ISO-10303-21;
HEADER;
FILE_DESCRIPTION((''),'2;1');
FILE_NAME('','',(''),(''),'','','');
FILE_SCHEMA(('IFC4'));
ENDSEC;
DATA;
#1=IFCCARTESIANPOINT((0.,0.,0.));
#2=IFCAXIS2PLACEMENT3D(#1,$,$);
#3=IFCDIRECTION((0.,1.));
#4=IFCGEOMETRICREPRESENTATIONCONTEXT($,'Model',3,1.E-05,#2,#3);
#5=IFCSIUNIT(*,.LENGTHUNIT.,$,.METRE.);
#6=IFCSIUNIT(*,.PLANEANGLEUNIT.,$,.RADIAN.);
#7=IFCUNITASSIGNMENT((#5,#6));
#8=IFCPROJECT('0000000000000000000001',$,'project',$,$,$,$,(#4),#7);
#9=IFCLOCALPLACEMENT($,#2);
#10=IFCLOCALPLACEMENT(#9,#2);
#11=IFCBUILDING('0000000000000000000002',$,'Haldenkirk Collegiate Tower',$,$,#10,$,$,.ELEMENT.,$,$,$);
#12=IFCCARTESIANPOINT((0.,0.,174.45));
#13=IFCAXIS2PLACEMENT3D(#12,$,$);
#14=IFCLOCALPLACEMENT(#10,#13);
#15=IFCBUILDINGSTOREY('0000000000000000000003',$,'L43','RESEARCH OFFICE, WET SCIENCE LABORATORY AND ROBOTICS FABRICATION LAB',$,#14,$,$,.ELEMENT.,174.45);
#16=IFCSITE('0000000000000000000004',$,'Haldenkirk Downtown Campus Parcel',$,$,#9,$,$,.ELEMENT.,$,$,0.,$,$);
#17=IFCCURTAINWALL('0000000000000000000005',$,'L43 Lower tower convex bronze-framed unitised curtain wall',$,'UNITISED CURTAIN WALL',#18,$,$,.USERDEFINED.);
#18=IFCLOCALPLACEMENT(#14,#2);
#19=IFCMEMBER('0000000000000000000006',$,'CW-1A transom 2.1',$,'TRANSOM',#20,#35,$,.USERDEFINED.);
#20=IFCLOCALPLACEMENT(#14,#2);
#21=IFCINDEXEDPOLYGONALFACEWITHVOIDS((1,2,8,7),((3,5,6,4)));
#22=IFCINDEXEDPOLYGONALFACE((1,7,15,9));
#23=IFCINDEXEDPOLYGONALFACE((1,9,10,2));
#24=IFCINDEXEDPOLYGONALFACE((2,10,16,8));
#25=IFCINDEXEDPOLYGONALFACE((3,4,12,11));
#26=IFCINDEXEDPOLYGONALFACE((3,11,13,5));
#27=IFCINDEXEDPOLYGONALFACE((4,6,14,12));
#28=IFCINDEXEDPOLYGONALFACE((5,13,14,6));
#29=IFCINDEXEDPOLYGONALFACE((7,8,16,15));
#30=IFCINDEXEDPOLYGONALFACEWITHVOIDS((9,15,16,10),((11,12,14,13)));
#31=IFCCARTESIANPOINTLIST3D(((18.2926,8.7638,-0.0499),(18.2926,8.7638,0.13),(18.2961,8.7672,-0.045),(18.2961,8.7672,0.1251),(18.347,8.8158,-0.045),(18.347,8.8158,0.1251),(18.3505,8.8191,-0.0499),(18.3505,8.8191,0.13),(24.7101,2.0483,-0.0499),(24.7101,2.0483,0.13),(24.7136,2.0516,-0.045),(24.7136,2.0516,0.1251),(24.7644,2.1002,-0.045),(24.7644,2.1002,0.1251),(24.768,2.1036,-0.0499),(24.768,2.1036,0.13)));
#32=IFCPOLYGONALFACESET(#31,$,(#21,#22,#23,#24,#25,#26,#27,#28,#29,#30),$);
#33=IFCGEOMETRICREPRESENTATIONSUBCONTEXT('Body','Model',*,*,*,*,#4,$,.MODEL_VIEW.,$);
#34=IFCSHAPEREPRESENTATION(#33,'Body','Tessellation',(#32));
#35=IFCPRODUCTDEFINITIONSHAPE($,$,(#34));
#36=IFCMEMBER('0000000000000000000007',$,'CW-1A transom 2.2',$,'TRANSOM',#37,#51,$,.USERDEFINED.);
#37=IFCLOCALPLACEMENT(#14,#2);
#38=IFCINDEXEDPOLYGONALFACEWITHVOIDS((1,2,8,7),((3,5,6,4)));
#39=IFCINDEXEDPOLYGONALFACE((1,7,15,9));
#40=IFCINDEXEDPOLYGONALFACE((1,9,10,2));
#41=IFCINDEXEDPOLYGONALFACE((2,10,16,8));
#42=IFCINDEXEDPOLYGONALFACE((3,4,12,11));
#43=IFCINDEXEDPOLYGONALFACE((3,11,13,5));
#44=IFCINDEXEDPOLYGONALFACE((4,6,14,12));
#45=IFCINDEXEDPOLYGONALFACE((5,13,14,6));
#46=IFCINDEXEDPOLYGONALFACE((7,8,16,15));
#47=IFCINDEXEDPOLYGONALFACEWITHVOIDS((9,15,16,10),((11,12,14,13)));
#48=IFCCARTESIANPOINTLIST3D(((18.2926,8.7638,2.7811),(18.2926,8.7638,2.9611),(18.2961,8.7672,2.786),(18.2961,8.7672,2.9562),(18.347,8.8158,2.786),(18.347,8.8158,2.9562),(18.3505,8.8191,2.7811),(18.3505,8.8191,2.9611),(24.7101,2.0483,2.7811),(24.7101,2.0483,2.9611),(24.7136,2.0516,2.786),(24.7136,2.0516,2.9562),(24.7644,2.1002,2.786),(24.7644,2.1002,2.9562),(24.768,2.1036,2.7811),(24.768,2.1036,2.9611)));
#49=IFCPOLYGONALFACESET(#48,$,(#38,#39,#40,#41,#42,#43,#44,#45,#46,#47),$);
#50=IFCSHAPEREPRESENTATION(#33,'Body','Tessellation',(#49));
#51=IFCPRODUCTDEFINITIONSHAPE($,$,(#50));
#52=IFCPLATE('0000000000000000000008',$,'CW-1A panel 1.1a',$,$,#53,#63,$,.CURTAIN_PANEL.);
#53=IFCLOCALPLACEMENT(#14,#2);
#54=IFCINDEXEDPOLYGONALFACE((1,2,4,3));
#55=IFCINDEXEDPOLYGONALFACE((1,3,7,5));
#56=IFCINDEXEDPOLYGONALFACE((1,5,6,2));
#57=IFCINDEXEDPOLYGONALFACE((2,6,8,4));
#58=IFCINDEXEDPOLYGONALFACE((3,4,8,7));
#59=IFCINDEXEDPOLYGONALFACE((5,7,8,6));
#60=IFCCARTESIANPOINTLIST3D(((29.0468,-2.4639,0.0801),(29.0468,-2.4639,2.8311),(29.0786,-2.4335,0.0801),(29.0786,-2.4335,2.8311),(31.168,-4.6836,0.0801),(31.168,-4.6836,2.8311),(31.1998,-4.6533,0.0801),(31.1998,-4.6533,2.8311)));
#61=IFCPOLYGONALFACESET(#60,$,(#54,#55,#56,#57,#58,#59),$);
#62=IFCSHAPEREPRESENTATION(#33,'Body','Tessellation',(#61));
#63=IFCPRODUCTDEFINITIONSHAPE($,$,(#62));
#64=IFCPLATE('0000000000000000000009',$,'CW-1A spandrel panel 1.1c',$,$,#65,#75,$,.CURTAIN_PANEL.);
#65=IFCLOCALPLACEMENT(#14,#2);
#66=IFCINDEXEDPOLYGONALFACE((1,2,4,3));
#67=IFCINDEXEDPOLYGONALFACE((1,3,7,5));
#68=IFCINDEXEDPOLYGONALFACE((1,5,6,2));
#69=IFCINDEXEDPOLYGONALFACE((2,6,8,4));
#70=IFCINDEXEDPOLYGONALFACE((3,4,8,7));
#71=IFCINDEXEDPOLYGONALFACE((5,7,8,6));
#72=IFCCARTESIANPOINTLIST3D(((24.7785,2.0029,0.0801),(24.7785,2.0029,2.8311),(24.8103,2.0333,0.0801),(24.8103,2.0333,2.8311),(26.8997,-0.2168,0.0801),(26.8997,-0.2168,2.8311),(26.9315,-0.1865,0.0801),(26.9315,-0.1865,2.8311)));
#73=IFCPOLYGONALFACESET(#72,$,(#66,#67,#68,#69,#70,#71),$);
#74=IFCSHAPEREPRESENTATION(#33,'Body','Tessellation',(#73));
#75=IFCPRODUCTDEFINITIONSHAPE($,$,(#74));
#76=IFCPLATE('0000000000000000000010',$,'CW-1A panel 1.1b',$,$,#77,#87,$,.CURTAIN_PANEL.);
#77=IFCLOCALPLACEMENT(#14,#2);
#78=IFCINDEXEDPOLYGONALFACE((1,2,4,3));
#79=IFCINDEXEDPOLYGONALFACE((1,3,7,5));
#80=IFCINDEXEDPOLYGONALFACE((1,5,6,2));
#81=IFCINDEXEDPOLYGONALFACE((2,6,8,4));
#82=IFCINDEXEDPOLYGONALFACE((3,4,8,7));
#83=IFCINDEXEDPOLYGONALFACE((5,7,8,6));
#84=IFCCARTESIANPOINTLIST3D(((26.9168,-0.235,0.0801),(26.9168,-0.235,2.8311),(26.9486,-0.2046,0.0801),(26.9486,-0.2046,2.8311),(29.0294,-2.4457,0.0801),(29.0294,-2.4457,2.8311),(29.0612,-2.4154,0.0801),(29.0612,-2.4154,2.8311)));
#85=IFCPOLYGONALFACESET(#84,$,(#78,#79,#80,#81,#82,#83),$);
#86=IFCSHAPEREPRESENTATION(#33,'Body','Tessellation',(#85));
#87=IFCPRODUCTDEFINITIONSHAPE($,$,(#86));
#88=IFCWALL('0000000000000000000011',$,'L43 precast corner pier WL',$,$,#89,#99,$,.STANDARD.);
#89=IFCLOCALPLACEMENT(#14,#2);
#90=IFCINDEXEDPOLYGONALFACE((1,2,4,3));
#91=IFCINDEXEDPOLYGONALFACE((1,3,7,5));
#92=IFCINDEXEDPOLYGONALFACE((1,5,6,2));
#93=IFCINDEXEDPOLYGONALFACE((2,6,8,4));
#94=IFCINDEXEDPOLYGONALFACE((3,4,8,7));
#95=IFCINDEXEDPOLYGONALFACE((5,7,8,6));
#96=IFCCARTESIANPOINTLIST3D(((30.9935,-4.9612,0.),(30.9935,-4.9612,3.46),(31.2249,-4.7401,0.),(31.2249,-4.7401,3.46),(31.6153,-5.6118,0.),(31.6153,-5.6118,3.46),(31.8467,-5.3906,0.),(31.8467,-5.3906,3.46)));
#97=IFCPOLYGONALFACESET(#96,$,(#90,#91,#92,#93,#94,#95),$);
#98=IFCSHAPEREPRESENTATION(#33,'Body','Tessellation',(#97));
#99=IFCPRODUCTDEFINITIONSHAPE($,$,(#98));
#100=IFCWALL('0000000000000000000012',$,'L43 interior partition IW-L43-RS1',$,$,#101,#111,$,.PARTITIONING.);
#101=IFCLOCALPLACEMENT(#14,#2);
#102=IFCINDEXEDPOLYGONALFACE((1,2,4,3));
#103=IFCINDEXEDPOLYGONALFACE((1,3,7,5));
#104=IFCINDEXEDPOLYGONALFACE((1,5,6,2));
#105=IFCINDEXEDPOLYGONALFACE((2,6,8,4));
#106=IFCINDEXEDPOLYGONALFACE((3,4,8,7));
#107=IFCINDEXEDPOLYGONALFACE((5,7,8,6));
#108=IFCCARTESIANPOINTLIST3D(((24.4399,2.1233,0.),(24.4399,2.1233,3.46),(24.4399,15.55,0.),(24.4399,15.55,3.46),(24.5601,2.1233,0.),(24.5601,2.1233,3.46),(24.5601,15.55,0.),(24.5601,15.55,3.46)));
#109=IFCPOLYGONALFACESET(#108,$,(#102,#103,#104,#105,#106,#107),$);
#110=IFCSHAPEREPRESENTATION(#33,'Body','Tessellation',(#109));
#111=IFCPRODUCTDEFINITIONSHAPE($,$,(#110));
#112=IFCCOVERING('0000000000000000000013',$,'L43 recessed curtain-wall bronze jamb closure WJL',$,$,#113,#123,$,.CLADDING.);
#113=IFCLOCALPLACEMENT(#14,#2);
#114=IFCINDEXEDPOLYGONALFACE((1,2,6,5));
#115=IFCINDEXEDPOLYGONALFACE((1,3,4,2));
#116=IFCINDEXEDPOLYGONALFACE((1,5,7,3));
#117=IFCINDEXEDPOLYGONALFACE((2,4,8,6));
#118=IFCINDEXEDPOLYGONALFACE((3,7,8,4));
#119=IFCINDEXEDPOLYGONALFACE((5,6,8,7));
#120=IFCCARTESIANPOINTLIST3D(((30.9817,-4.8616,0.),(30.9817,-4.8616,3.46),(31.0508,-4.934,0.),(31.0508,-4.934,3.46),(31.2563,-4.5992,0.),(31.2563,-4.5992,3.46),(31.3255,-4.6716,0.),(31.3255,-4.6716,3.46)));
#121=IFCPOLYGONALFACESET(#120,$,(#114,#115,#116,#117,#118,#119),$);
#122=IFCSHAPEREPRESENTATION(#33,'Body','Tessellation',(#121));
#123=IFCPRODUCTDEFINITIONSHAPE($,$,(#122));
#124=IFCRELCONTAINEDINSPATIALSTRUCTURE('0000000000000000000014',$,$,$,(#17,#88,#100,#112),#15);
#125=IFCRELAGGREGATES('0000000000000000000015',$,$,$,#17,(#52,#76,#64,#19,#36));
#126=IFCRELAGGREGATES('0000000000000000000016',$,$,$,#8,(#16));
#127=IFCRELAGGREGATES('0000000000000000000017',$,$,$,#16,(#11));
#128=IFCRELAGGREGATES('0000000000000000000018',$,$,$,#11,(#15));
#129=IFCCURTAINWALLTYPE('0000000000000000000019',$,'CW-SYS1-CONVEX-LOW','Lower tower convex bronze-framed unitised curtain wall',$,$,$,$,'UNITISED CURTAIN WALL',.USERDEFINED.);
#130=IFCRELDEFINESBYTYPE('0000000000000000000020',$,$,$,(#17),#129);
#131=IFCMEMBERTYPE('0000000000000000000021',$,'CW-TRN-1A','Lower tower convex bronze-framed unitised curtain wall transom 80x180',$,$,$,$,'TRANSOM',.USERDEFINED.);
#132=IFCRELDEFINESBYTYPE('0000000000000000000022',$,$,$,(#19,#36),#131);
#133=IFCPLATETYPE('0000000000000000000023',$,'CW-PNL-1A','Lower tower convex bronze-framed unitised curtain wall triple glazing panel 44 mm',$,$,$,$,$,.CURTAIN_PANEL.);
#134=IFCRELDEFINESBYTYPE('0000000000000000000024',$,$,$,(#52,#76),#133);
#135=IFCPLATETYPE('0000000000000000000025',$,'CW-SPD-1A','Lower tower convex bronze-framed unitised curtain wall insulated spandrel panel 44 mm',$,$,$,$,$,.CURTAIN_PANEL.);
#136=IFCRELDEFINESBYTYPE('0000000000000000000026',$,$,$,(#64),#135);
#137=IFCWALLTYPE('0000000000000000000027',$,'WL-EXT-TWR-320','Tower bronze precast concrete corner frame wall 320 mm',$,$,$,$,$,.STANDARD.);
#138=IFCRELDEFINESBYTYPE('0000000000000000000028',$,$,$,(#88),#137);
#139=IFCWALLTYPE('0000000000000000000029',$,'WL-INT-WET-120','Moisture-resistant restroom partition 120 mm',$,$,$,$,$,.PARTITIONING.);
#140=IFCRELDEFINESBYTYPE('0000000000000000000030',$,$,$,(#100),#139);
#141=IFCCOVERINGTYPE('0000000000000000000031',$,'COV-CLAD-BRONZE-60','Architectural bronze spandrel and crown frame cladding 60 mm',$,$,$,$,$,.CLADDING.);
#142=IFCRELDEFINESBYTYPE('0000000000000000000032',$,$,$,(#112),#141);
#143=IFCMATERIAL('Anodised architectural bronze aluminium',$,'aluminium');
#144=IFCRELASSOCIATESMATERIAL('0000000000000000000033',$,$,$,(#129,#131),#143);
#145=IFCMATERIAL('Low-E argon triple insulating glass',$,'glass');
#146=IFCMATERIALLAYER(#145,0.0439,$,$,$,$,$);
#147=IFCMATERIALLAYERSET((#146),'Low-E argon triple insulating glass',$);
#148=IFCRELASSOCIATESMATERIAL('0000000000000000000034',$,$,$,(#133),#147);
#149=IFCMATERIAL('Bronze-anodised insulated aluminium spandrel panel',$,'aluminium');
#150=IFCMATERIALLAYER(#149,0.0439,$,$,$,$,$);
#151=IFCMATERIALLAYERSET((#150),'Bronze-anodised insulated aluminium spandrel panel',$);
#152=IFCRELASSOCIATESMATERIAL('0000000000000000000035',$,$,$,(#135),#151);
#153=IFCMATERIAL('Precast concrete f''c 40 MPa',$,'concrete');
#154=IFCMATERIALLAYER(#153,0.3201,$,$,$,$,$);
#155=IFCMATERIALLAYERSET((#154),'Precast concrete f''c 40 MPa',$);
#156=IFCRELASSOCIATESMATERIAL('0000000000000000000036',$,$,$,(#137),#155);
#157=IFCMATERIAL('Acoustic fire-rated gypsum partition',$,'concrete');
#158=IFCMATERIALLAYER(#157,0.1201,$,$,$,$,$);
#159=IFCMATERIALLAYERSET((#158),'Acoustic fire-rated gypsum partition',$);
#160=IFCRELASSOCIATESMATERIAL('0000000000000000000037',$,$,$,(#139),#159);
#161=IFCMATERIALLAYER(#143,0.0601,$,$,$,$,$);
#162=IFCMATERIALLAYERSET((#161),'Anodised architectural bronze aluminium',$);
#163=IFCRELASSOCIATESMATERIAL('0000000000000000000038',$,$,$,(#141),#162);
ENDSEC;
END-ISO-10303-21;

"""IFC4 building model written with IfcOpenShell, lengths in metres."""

from ifc_helpers import new_model, si_unit, direction, frame, frame_2d, origin, origin_2d, place, context, subcontext, project, spatial, rectangle, hollow_rectangle, extrude, source, transform, mapped, material, layer, layer_set, material_profile, profile_set, type_object, element, aggregate, save


model = new_model("IFC4")

# Units and contexts
model_context = context("Model", 3, precision=1e-05, world=origin(), true_north=direction((0.0, 1.0)))
body_context = subcontext(model_context, "Body", "Model", "MODEL_VIEW")
ifc_project = project(units=[si_unit("LENGTHUNIT", "METRE"), si_unit("PLANEANGLEUNIT", "RADIAN")], contexts=[model_context])

# Site, building, storey
site_placement = place(None, origin())
site = spatial("IfcSite", under=ifc_project, at=site_placement, Name="Haldenkirk Downtown Campus Parcel", CompositionType="ELEMENT", RefElevation=0.0)
building_placement = place(site_placement, origin())
building = spatial("IfcBuilding", under=site, at=building_placement, Name="Haldenkirk Collegiate Tower", CompositionType="ELEMENT")
storey_placement = place(building_placement, frame((0.0, 0.0, 174.45)))
storey = spatial("IfcBuildingStorey", under=building, at=storey_placement, Name="L43", Description="RESEARCH OFFICE, WET SCIENCE LABORATORY AND ROBOTICS FABRICATION LAB", CompositionType="ELEMENT", Elevation=174.45)

# Curtain wall, members, plates
ifc_material_1 = material(Name="Anodised architectural bronze aluminium", Category="aluminium")
curtain_wall_type = type_object("IfcCurtainWallType", Name="CW-SYS1-CONVEX-LOW", Description="Lower tower convex bronze-framed unitised curtain wall", ElementType="UNITISED CURTAIN WALL", PredefinedType="USERDEFINED", material=ifc_material_1)
curtain_wall_placement = place(storey_placement, origin())
curtain_wall = element("IfcCurtainWall", 1, at=curtain_wall_placement, inside=storey, type_object=curtain_wall_type, Name="L43 Lower tower convex bronze-framed unitised curtain wall", ObjectType="UNITISED CURTAIN WALL", PredefinedType="USERDEFINED")
ifc_material_profile_1 = material_profile(ifc_material_1, hollow_rectangle(XDim=0.0801, YDim=0.1799, WallThickness=0.0049, at=origin_2d()), Name="CW-TRN-1A")
ifc_profile_set_1 = profile_set([ifc_material_profile_1], Name="Anodised architectural bronze aluminium")
member_type_1 = type_object("IfcMemberType", Name="CW-TRN-1A", Description="Lower tower convex bronze-framed unitised curtain wall transom 80x180", ElementType="TRANSOM", PredefinedType="USERDEFINED", material=ifc_profile_set_1)
member_1_placement = place(storey_placement, frame((24.739, 2.0759, 0.04), z_axis=(-0.690879, 0.722971, 0.0), x_axis=(-0.722971, -0.690879, 0.0)))
member_1 = element("IfcMember", 2, at=member_1_placement, type_object=member_type_1, Name="CW-1A transom 2.1", ObjectType="TRANSOM", PredefinedType="USERDEFINED", context=body_context, shape_type="SweptSolid", body=[
    extrude(hollow_rectangle(XDim=0.0801, YDim=0.1799, WallThickness=0.0049, at=origin_2d()), origin(), (0.0, 0.0, 1.0), 9.2888),
])
member_2_placement = place(storey_placement, frame((24.739, 2.0759, 2.8711), z_axis=(-0.690879, 0.722971, 0.0), x_axis=(-0.722971, -0.690879, 0.0)))
member_2 = element("IfcMember", 3, at=member_2_placement, type_object=member_type_1, Name="CW-1A transom 2.2", ObjectType="TRANSOM", PredefinedType="USERDEFINED", context=body_context, shape_type="SweptSolid", body=[
    extrude(hollow_rectangle(XDim=0.0801, YDim=0.1799, WallThickness=0.0049, at=origin_2d()), origin(), (0.0, 0.0, 1.0), 9.2888),
])
ifc_material_2 = material(Name="Low-E argon triple insulating glass", Category="glass")
ifc_layer_1 = layer(ifc_material_2, 0.0439)
ifc_layer_set_1 = layer_set([ifc_layer_1], Name="Low-E argon triple insulating glass")
plate_type_1 = type_object("IfcPlateType", Name="CW-PNL-1A", Description="Lower tower convex bronze-framed unitised curtain wall triple glazing panel 44 mm", PredefinedType="CURTAIN_PANEL", material=ifc_layer_set_1)
shared_shape_1 = source(origin(), body_context, "Body", "SweptSolid", [
    extrude(rectangle(XDim=3.0703, YDim=0.0439, at=origin_2d()), origin(), (0.0, 0.0, 1.0), 2.751),
])
plate_1_placement = place(storey_placement, frame((30.1233, -3.5586, 0.0801), z_axis=(0.0, 0.0, 1.0), x_axis=(-0.690882, 0.722967, 0.0)))
plate_1 = element("IfcPlate", 4, at=plate_1_placement, type_object=plate_type_1, Name="CW-1A panel 1.1a", PredefinedType="CURTAIN_PANEL", context=body_context, shape_type="MappedRepresentation", body=[
    mapped(shared_shape_1, transform((0.0, 0.0, 0.0), x_axis=(1.0, 0.0, 0.0), y_axis=(0.0, 1.0, 0.0), z_axis=(0.0, 0.0, 1.0), scale=1.0)),
])
ifc_material_3 = material(Name="Bronze-anodised insulated aluminium spandrel panel", Category="aluminium")
ifc_layer_2 = layer(ifc_material_3, 0.0439)
ifc_layer_set_2 = layer_set([ifc_layer_2], Name="Bronze-anodised insulated aluminium spandrel panel")
plate_type_2 = type_object("IfcPlateType", Name="CW-SPD-1A", Description="Lower tower convex bronze-framed unitised curtain wall insulated spandrel panel 44 mm", PredefinedType="CURTAIN_PANEL", material=ifc_layer_set_2)
plate_2_placement = place(storey_placement, frame((25.855, 0.9082, 0.0801), z_axis=(0.0, 0.0, 1.0), x_axis=(-0.690882, 0.722967, 0.0)))
plate_2 = element("IfcPlate", 5, at=plate_2_placement, type_object=plate_type_2, Name="CW-1A spandrel panel 1.1c", PredefinedType="CURTAIN_PANEL", context=body_context, shape_type="MappedRepresentation", body=[
    mapped(shared_shape_1, transform((0.0, 0.0, 0.0), x_axis=(1.0, 0.0, 0.0), y_axis=(0.0, 1.0, 0.0), z_axis=(0.0, 0.0, 1.0), scale=1.0)),
])
shared_shape_2 = source(origin(), body_context, "Body", "SweptSolid", [
    extrude(rectangle(XDim=3.0579, YDim=0.0439, at=origin_2d()), origin(), (0.0, 0.0, 1.0), 2.751),
])
plate_3_placement = place(storey_placement, frame((27.989, -1.3252, 0.0801), z_axis=(0.0, 0.0, 1.0), x_axis=(-0.690882, 0.722967, 0.0)))
plate_3 = element("IfcPlate", 6, at=plate_3_placement, type_object=plate_type_1, Name="CW-1A panel 1.1b", PredefinedType="CURTAIN_PANEL", context=body_context, shape_type="MappedRepresentation", body=[
    mapped(shared_shape_2, transform((0.0, 0.0, 0.0), x_axis=(1.0, 0.0, 0.0), y_axis=(0.0, 1.0, 0.0), z_axis=(0.0, 0.0, 1.0), scale=1.0)),
])
aggregate(curtain_wall, [plate_1, plate_3, plate_2, member_1, member_2])

# Walls
ifc_material_4 = material(Name="Precast concrete f'c 40 MPa", Category="concrete")
ifc_layer_3 = layer(ifc_material_4, 0.3201)
ifc_layer_set_3 = layer_set([ifc_layer_3], Name="Precast concrete f'c 40 MPa")
wall_type_1 = type_object("IfcWallType", Name="WL-EXT-TWR-320", Description="Tower bronze precast concrete corner frame wall 320 mm", PredefinedType="STANDARD", material=ifc_layer_set_3)
wall_1_placement = place(storey_placement, frame((31.731, -5.5012, 0.0), z_axis=(0.0, 0.0, 1.0), x_axis=(-0.690921, 0.72293, 0.0)))
element("IfcWall", 7, at=wall_1_placement, inside=storey, type_object=wall_type_1, Name="L43 precast corner pier WL", PredefinedType="STANDARD", context=body_context, shape_type="SweptSolid", body=[
    extrude(rectangle(XDim=0.8999, YDim=0.3201, at=frame_2d((0.45, 0.0))), origin(), (0.0, 0.0, 1.0), 3.46),
])
ifc_material_5 = material(Name="Acoustic fire-rated gypsum partition", Category="concrete")
ifc_layer_4 = layer(ifc_material_5, 0.1201)
ifc_layer_set_4 = layer_set([ifc_layer_4], Name="Acoustic fire-rated gypsum partition")
wall_type_2 = type_object("IfcWallType", Name="WL-INT-WET-120", Description="Moisture-resistant restroom partition 120 mm", PredefinedType="PARTITIONING", material=ifc_layer_set_4)
wall_2_placement = place(storey_placement, frame((24.5, 2.1233, 0.0), z_axis=(0.0, 0.0, 1.0), x_axis=(0.0, 1.0, 0.0)))
element("IfcWall", 8, at=wall_2_placement, inside=storey, type_object=wall_type_2, Name="L43 interior partition IW-L43-RS1", PredefinedType="PARTITIONING", context=body_context, shape_type="SweptSolid", body=[
    extrude(rectangle(XDim=13.4268, YDim=0.1201, at=frame_2d((6.7134, 0.0))), origin(), (0.0, 0.0, 1.0), 3.46),
])

# Covering
ifc_layer_5 = layer(ifc_material_1, 0.0601)
ifc_layer_set_5 = layer_set([ifc_layer_5], Name="Anodised architectural bronze aluminium")
covering_type = type_object("IfcCoveringType", Name="COV-CLAD-BRONZE-60", Description="Architectural bronze spandrel and crown frame cladding 60 mm", PredefinedType="CLADDING", material=ifc_layer_set_5)
shared_shape_3 = source(origin(), body_context, "Body", "SweptSolid", [
    extrude(rectangle(XDim=0.1001, YDim=0.3799, at=origin_2d()), origin(), (0.0, 0.0, 1.0), 3.46),
])
covering_placement = place(storey_placement, frame((31.1536, -4.7666, 0.0), z_axis=(0.0, 0.0, 1.0), x_axis=(-0.690882, 0.722967, 0.0)))
element("IfcCovering", 9, at=covering_placement, inside=storey, type_object=covering_type, Name="L43 recessed curtain-wall bronze jamb closure WJL", PredefinedType="CLADDING", context=body_context, shape_type="MappedRepresentation", body=[
    mapped(shared_shape_3, transform((0.0, 0.0, 0.0), x_axis=(1.0, 0.0, 0.0), y_axis=(0.0, 1.0, 0.0), z_axis=(0.0, 0.0, 1.0), scale=1.0)),
])

save(model, "model.ifc")
